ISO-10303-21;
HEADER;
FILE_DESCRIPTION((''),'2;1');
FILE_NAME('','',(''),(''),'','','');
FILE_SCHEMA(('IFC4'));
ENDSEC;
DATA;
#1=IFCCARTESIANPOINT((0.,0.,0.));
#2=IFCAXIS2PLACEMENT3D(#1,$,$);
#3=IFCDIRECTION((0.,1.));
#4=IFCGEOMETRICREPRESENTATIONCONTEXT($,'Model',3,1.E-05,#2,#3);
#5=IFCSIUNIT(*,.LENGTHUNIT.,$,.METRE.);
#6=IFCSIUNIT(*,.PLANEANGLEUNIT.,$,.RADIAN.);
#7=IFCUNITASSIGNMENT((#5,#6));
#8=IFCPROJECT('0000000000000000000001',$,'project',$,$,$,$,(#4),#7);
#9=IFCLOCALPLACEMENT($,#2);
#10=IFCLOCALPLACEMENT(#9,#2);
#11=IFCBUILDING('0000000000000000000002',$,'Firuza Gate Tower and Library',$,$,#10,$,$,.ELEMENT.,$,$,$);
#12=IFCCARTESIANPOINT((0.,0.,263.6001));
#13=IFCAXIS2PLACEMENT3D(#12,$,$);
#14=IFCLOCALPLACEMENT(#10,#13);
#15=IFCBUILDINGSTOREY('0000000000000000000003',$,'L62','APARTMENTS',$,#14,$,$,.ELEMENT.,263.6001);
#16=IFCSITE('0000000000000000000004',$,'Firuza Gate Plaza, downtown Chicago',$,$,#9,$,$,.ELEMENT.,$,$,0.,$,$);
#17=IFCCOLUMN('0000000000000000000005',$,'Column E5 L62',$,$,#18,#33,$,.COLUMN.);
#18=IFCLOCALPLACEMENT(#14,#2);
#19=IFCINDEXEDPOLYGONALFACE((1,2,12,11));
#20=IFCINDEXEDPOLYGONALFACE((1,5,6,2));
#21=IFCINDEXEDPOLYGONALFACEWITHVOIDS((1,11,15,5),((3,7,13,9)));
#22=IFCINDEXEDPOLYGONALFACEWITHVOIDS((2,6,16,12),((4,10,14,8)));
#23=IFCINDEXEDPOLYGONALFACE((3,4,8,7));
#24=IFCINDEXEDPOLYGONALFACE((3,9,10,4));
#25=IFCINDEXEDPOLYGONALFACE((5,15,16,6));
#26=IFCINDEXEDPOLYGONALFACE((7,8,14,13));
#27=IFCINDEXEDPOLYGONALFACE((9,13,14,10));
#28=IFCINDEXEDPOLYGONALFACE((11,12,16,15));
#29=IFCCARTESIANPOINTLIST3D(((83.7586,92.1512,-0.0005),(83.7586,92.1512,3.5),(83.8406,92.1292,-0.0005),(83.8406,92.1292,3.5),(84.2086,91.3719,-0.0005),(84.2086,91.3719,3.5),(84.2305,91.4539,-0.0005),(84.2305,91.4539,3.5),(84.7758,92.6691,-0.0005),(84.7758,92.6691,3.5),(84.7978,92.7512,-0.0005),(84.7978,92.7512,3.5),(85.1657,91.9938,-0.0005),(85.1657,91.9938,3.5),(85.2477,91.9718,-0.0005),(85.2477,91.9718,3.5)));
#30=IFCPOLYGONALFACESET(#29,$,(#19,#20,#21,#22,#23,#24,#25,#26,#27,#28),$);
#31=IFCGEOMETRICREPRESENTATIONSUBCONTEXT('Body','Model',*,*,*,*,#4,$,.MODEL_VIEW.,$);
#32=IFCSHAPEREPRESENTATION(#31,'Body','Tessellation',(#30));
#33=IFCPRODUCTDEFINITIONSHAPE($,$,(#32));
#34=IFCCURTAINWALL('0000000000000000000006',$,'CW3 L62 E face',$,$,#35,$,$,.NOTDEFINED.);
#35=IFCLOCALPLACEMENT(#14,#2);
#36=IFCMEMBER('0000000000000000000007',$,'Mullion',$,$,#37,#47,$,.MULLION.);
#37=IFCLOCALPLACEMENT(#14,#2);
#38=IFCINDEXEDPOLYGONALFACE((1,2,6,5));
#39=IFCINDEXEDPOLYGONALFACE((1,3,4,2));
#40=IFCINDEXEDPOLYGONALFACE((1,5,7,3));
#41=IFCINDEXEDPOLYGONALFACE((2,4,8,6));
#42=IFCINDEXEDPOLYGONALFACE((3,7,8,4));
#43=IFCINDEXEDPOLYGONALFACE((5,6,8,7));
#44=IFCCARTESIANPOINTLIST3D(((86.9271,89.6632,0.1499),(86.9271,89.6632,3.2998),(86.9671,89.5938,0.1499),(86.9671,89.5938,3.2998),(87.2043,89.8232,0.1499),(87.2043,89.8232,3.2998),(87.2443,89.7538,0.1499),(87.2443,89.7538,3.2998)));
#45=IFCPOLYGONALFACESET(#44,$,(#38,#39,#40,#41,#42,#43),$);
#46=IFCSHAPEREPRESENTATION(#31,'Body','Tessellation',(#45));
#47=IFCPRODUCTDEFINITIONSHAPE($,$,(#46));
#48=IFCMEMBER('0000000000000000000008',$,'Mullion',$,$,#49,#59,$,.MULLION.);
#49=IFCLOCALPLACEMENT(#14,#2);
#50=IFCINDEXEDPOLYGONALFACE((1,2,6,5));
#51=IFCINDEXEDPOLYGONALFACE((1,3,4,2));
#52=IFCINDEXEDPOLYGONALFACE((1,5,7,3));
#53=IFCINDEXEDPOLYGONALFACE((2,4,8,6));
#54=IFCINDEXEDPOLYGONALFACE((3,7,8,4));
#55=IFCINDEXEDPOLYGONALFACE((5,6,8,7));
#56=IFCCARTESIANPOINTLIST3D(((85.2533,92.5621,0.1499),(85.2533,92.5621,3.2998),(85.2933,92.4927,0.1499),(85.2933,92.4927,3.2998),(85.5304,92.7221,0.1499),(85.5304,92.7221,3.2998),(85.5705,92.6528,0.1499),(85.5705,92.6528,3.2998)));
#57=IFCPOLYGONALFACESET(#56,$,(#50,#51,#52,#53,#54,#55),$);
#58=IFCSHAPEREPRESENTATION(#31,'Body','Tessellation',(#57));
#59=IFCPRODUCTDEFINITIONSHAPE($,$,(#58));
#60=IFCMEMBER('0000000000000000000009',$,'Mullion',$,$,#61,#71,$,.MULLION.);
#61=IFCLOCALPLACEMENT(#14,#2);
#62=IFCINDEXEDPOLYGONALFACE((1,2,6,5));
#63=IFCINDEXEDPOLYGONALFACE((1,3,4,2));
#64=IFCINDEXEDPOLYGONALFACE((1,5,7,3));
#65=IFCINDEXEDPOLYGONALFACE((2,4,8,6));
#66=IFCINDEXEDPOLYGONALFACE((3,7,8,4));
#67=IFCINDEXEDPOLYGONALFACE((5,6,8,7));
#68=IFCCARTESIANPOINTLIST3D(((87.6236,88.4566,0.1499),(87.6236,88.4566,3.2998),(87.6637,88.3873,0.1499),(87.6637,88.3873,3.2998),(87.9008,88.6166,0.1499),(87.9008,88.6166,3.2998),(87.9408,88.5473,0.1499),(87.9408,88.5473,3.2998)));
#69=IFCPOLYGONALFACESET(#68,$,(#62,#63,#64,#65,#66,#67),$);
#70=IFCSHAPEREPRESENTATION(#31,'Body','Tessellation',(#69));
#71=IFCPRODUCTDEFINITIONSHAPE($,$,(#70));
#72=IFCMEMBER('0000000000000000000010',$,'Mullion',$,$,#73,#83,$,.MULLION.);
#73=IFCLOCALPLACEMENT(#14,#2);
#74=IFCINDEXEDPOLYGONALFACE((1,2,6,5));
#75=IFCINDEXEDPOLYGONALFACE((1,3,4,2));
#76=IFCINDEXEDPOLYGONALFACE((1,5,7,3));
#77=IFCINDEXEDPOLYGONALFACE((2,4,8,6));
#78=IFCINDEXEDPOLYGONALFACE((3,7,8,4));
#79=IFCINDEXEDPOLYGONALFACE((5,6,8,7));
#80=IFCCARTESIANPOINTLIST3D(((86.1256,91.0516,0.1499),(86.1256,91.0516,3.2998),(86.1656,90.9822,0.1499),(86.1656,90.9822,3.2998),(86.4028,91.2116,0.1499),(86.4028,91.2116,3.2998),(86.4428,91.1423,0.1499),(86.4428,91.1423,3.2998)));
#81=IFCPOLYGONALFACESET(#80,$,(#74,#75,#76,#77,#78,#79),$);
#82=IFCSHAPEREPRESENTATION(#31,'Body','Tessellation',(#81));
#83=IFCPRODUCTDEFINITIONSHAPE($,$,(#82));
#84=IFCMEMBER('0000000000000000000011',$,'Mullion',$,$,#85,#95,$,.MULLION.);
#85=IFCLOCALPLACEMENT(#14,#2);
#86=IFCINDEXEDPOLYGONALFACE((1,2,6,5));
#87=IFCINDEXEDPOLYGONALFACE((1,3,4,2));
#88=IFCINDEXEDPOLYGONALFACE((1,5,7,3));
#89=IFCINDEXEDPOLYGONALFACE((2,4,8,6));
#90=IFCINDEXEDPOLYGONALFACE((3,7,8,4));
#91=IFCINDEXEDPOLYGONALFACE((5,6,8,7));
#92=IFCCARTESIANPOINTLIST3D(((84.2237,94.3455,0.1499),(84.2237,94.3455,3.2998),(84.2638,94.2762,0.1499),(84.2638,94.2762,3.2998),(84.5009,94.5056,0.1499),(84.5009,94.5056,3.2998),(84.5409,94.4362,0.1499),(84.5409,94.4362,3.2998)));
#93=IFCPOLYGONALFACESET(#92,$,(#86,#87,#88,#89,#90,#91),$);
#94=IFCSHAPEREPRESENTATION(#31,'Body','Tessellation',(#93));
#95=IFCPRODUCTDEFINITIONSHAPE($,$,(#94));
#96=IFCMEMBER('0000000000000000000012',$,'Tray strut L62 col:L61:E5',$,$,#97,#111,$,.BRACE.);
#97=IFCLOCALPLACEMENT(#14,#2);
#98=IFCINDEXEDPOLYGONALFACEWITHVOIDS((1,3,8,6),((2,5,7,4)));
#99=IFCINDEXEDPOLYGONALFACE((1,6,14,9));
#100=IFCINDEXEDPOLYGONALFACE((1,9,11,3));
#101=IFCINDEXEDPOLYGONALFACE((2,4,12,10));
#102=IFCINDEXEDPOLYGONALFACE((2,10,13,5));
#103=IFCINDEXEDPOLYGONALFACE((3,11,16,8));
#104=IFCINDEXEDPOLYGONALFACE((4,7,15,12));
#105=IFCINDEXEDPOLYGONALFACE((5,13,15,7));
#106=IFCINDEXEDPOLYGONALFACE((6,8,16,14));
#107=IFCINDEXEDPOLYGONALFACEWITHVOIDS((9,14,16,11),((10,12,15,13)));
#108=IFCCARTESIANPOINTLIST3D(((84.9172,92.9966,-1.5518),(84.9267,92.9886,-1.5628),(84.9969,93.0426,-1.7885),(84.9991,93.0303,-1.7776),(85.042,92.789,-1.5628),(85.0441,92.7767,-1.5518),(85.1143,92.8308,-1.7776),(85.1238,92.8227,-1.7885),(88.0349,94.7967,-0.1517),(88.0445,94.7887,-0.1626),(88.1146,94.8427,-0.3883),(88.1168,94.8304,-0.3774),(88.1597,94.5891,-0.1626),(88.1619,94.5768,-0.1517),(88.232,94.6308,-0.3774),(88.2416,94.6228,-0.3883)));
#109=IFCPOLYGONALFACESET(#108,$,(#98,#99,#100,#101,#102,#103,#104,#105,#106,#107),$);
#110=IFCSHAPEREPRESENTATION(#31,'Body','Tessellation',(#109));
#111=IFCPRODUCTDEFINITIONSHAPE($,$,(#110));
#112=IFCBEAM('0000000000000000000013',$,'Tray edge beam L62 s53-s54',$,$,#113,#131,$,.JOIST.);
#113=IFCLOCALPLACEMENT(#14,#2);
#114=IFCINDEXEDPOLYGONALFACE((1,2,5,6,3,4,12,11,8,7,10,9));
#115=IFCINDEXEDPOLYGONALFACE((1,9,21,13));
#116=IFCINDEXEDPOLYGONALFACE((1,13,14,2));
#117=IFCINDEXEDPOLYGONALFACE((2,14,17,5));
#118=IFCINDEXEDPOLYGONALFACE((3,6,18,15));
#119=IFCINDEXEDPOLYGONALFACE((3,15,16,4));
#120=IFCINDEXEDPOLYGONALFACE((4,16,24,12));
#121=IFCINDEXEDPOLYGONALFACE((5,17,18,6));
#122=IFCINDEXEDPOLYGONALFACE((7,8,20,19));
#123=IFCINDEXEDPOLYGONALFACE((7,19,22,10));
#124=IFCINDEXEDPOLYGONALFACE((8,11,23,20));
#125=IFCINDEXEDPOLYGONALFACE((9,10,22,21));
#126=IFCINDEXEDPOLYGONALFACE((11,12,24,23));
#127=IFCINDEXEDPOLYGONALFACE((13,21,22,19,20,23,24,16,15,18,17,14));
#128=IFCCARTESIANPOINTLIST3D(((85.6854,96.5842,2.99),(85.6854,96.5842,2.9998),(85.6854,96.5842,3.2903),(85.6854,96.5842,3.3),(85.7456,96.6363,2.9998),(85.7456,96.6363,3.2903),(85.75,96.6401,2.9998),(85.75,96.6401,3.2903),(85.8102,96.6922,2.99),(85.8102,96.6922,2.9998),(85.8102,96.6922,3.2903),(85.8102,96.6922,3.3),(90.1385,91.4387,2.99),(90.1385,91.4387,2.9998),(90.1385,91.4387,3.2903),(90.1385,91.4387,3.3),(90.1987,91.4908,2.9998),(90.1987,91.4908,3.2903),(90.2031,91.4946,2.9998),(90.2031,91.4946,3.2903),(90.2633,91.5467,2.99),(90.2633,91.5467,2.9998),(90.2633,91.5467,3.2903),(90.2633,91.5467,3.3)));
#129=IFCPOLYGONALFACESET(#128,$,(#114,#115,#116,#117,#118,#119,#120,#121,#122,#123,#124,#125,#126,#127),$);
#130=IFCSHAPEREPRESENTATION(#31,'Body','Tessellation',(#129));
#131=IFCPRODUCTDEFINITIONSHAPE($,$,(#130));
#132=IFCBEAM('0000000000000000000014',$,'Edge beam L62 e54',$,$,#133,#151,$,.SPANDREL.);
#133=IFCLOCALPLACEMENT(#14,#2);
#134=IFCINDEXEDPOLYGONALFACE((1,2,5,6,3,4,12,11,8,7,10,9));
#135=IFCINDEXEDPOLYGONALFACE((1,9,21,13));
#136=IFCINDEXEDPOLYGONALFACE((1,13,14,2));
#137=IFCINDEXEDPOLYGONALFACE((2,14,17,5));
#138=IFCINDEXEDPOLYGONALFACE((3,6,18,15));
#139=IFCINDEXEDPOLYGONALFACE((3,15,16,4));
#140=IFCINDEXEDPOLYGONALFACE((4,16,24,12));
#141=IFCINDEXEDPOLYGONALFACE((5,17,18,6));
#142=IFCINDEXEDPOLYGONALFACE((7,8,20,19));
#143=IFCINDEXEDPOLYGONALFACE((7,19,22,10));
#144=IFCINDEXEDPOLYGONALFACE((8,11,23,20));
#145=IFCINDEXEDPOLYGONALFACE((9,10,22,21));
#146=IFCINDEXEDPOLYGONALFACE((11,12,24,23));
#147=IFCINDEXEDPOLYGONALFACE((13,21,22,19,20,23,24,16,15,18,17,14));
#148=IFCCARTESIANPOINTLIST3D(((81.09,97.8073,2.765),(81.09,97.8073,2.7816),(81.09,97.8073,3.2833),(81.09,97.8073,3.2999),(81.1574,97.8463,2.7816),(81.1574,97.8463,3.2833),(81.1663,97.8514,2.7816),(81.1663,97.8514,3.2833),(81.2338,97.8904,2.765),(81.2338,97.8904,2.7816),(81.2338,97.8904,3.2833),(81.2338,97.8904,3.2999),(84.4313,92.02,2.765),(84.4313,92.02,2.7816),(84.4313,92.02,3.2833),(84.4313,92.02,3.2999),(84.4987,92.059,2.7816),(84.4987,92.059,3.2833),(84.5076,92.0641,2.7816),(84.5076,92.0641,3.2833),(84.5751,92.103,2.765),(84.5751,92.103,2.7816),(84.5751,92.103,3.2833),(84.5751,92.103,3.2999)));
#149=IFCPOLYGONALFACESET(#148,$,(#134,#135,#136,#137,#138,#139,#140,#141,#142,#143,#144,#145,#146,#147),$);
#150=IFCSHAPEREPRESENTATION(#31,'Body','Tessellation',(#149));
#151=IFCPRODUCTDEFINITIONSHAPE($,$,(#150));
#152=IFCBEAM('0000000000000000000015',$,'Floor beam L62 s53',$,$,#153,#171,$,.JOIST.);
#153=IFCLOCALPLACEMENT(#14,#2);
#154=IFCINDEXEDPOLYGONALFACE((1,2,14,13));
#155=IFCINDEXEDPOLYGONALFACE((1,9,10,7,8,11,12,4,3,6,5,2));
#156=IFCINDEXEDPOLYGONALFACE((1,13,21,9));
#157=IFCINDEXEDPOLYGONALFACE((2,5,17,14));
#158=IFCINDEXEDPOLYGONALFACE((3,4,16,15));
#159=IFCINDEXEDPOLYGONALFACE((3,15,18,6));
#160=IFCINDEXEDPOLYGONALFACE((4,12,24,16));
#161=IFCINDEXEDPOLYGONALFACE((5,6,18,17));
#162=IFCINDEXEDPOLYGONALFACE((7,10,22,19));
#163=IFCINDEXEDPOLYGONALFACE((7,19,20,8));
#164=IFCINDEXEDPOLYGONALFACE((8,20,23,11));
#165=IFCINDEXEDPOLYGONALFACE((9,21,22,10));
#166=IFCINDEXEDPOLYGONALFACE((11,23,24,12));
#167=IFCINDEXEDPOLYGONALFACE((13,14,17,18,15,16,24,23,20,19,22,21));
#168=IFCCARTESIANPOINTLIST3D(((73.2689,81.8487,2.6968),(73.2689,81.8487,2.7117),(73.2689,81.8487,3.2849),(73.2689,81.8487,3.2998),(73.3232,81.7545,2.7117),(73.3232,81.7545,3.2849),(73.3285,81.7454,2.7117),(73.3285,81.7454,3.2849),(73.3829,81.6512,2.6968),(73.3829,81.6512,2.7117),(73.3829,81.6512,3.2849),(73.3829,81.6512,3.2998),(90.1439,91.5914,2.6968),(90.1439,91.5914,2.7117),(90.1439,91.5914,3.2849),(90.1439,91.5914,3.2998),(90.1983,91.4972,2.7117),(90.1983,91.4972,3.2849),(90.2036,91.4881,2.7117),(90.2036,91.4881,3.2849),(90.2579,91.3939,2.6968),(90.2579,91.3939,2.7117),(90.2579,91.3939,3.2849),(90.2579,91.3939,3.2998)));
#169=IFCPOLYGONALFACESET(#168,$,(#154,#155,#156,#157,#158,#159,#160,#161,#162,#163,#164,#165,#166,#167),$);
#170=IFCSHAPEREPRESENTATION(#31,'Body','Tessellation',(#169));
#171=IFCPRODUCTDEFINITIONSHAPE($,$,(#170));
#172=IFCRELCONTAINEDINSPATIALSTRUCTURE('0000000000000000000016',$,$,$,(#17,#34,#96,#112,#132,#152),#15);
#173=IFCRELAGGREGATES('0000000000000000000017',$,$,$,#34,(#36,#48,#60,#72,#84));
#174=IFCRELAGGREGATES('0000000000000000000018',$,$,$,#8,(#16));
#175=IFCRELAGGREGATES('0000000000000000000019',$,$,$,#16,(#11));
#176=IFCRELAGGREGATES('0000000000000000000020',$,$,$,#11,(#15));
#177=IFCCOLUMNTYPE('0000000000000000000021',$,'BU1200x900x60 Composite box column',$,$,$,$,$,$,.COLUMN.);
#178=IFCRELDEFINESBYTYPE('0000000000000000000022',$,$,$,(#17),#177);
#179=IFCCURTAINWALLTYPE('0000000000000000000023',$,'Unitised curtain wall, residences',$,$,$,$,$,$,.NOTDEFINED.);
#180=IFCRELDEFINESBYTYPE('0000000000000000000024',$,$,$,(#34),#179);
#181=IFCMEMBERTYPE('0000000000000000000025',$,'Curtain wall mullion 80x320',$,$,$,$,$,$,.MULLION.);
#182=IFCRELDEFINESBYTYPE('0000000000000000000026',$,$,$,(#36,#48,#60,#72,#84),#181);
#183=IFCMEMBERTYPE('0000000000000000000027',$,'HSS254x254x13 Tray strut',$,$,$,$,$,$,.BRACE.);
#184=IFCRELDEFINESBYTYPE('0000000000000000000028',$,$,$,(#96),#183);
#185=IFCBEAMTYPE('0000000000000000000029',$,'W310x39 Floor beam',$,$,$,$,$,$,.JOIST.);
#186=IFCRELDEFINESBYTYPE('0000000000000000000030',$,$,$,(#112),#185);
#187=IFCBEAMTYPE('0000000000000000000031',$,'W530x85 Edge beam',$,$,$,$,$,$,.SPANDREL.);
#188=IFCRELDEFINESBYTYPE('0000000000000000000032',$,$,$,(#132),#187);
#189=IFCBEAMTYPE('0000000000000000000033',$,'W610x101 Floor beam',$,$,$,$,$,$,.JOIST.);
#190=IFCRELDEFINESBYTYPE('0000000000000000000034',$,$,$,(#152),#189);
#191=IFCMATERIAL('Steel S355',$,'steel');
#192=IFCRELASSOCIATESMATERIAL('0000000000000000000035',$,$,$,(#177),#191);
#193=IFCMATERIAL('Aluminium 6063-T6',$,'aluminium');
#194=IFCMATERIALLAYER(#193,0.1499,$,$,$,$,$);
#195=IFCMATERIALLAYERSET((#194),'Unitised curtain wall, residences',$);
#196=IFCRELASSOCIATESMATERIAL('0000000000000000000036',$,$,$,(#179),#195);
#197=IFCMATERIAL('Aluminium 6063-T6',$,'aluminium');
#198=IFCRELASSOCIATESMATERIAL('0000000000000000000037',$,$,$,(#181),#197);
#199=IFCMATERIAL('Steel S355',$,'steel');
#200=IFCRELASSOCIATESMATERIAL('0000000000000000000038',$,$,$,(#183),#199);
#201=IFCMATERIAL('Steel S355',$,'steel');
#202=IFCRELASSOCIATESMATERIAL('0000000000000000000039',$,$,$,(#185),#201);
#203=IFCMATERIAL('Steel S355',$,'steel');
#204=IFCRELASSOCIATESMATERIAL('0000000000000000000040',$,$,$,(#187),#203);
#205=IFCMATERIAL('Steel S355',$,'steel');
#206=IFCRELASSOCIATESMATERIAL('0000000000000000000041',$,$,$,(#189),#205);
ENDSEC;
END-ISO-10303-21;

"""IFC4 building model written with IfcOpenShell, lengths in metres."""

from ifc_helpers import new_model, si_unit, direction, frame, origin, origin_2d, place, context, subcontext, project, spatial, rectangle, hollow_rectangle, i_section, extrude, material, layer, layer_set, material_profile, profile_set, type_object, element, aggregate, save


model = new_model("IFC4")

# Units and contexts
model_context = context("Model", 3, precision=1e-05, world=origin(), true_north=direction((0.0, 1.0)))
body_context = subcontext(model_context, "Body", "Model", "MODEL_VIEW")
ifc_project = project(units=[si_unit("LENGTHUNIT", "METRE"), si_unit("PLANEANGLEUNIT", "RADIAN")], contexts=[model_context])

# Site, building, storey
site_placement = place(None, origin())
site = spatial("IfcSite", under=ifc_project, at=site_placement, Name="Firuza Gate Plaza, downtown Chicago", CompositionType="ELEMENT", RefElevation=0.0)
building_placement = place(site_placement, origin())
building = spatial("IfcBuilding", under=site, at=building_placement, Name="Firuza Gate Tower and Library", CompositionType="ELEMENT")
storey_placement = place(building_placement, frame((0.0, 0.0, 263.6001)))
storey = spatial("IfcBuildingStorey", under=building, at=storey_placement, Name="L62", Description="APARTMENTS", CompositionType="ELEMENT", Elevation=263.6001)

# Column
ifc_material_1 = material(Name="Steel S355", Category="steel")
ifc_material_profile_1 = material_profile(ifc_material_1, hollow_rectangle(XDim=0.8999, YDim=1.2, WallThickness=0.0601, at=origin_2d()))
ifc_profile_set_1 = profile_set([ifc_material_profile_1], Name="Steel S355")
column_type = type_object("IfcColumnType", Name="BU1200x900x60 Composite box column", PredefinedType="COLUMN", material=ifc_profile_set_1)
column_placement = place(storey_placement, frame((84.5032, 92.0615, -0.0005), z_axis=(0.0, 0.0, 1.0), x_axis=(-0.5, 0.866025, 0.0)))
element("IfcColumn", 1, at=column_placement, inside=storey, type_object=column_type, Name="Column E5 L62", PredefinedType="COLUMN", context=body_context, shape_type="SweptSolid", body=[
    extrude(hollow_rectangle(XDim=0.8999, YDim=1.2, WallThickness=0.0601, at=origin_2d()), origin(), (0.0, 0.0, 1.0), 3.5005),
])

# Curtain wall, members
ifc_material_2 = material(Name="Aluminium 6063-T6", Category="aluminium")
ifc_layer_1 = layer(ifc_material_2, 0.1499)
ifc_layer_set_1 = layer_set([ifc_layer_1], Name="Unitised curtain wall, residences")
curtain_wall_type = type_object("IfcCurtainWallType", Name="Unitised curtain wall, residences", PredefinedType="NOTDEFINED", material=ifc_layer_set_1)
curtain_wall_placement = place(storey_placement, origin())
curtain_wall = element("IfcCurtainWall", 2, at=curtain_wall_placement, inside=storey, type_object=curtain_wall_type, Name="CW3 L62 E face", PredefinedType="NOTDEFINED")
ifc_material_3 = material(Name="Aluminium 6063-T6", Category="aluminium")
ifc_material_profile_2 = material_profile(ifc_material_3, rectangle(XDim=0.3201, YDim=0.0801, at=origin_2d()))
ifc_profile_set_2 = profile_set([ifc_material_profile_2], Name="Aluminium 6063-T6")
member_type_1 = type_object("IfcMemberType", Name="Curtain wall mullion 80x320", PredefinedType="MULLION", material=ifc_profile_set_2)
member_1_placement = place(storey_placement, frame((87.0857, 89.7085, 0.1499), z_axis=(0.0, 0.0, 1.0), x_axis=(-0.866025, -0.5, 0.0)))
member_1 = element("IfcMember", 3, at=member_1_placement, type_object=member_type_1, Name="Mullion", PredefinedType="MULLION", context=body_context, shape_type="SweptSolid", body=[
    extrude(rectangle(XDim=0.3201, YDim=0.0801, at=origin_2d()), origin(), (0.0, 0.0, 1.0), 3.1499),
])
member_2_placement = place(storey_placement, frame((85.4119, 92.6074, 0.1499), z_axis=(0.0, 0.0, 1.0), x_axis=(-0.866025, -0.5, 0.0)))
member_2 = element("IfcMember", 4, at=member_2_placement, type_object=member_type_1, Name="Mullion", PredefinedType="MULLION", context=body_context, shape_type="SweptSolid", body=[
    extrude(rectangle(XDim=0.3201, YDim=0.0801, at=origin_2d()), origin(), (0.0, 0.0, 1.0), 3.1499),
])
member_3_placement = place(storey_placement, frame((87.7822, 88.502, 0.1499), z_axis=(0.0, 0.0, 1.0), x_axis=(-0.866025, -0.5, 0.0)))
member_3 = element("IfcMember", 5, at=member_3_placement, type_object=member_type_1, Name="Mullion", PredefinedType="MULLION", context=body_context, shape_type="SweptSolid", body=[
    extrude(rectangle(XDim=0.3201, YDim=0.0801, at=origin_2d()), origin(), (0.0, 0.0, 1.0), 3.1499),
])
member_4_placement = place(storey_placement, frame((86.2842, 91.0969, 0.1499), z_axis=(0.0, 0.0, 1.0), x_axis=(-0.866025, -0.5, 0.0)))
member_4 = element("IfcMember", 6, at=member_4_placement, type_object=member_type_1, Name="Mullion", PredefinedType="MULLION", context=body_context, shape_type="SweptSolid", body=[
    extrude(rectangle(XDim=0.3201, YDim=0.0801, at=origin_2d()), origin(), (0.0, 0.0, 1.0), 3.1499),
])
member_5_placement = place(storey_placement, frame((84.3823, 94.3909, 0.1499), z_axis=(0.0, 0.0, 1.0), x_axis=(-0.866025, -0.5, 0.0)))
member_5 = element("IfcMember", 7, at=member_5_placement, type_object=member_type_1, Name="Mullion", PredefinedType="MULLION", context=body_context, shape_type="SweptSolid", body=[
    extrude(rectangle(XDim=0.3201, YDim=0.0801, at=origin_2d()), origin(), (0.0, 0.0, 1.0), 3.1499),
])

# Member
ifc_material_4 = material(Name="Steel S355", Category="steel")
ifc_material_profile_3 = material_profile(ifc_material_4, hollow_rectangle(XDim=0.2539, YDim=0.2539, WallThickness=0.0117, at=origin_2d()))
ifc_profile_set_3 = profile_set([ifc_material_profile_3], Name="Steel S355")
member_type_2 = type_object("IfcMemberType", Name="HSS254x254x13 Tray strut", PredefinedType="BRACE", material=ifc_profile_set_3)
member_6_placement = place(storey_placement, frame((85.0205, 92.9097, -1.6702), z_axis=(0.807122, 0.466007, 0.362478), x_axis=(-0.500012, 0.866018, 0.0)))
element("IfcMember", 8, at=member_6_placement, inside=storey, type_object=member_type_2, Name="Tray strut L62 col:L61:E5", PredefinedType="BRACE", context=body_context, shape_type="SweptSolid", body=[
    extrude(hollow_rectangle(XDim=0.2539, YDim=0.2539, WallThickness=0.0117, at=origin_2d()), origin(), (0.0, 0.0, 1.0), 3.8628),
])

# Beams
ifc_material_5 = material(Name="Steel S355", Category="steel")
ifc_material_profile_4 = material_profile(ifc_material_5, i_section(OverallWidth=0.165, OverallDepth=0.3101, WebThickness=0.0059, FlangeThickness=0.0098, at=origin_2d()))
ifc_profile_set_4 = profile_set([ifc_material_profile_4], Name="Steel S355")
beam_type_1 = type_object("IfcBeamType", Name="W310x39 Floor beam", PredefinedType="JOIST", material=ifc_profile_set_4)
beam_1_placement = place(storey_placement, frame((90.2009, 91.4927, 3.145), z_axis=(-0.6544, 0.756148, 0.0), x_axis=(-0.756148, -0.6544, 0.0)))
element("IfcBeam", 9, at=beam_1_placement, inside=storey, type_object=beam_type_1, Name="Tray edge beam L62 s53-s54", PredefinedType="JOIST", context=body_context, shape_type="SweptSolid", body=[
    extrude(i_section(OverallWidth=0.165, OverallDepth=0.3101, WebThickness=0.0059, FlangeThickness=0.0098, at=origin_2d()), origin(), (0.0, 0.0, 1.0), 6.8049),
])
ifc_material_6 = material(Name="Steel S355", Category="steel")
ifc_material_profile_5 = material_profile(ifc_material_6, i_section(OverallWidth=0.166, OverallDepth=0.5349, WebThickness=0.0103, FlangeThickness=0.0166, at=origin_2d()))
ifc_profile_set_5 = profile_set([ifc_material_profile_5], Name="Steel S355")
beam_type_2 = type_object("IfcBeamType", Name="W530x85 Edge beam", PredefinedType="SPANDREL", material=ifc_profile_set_5)
beam_2_placement = place(storey_placement, frame((84.5032, 92.0615, 3.0325), z_axis=(-0.499998, 0.866027, 0.0), x_axis=(-0.866027, -0.499998, 0.0)))
element("IfcBeam", 10, at=beam_2_placement, inside=storey, type_object=beam_type_2, Name="Edge beam L62 e54", PredefinedType="SPANDREL", context=body_context, shape_type="SweptSolid", body=[
    extrude(i_section(OverallWidth=0.166, OverallDepth=0.5349, WebThickness=0.0103, FlangeThickness=0.0166, at=origin_2d()), origin(), (0.0, 0.0, 1.0), 6.6826),
])
ifc_material_7 = material(Name="Steel S355", Category="steel")
ifc_material_profile_6 = material_profile(ifc_material_7, i_section(OverallWidth=0.228, OverallDepth=0.603, WebThickness=0.0105, FlangeThickness=0.0149, at=origin_2d()))
ifc_profile_set_6 = profile_set([ifc_material_profile_6], Name="Steel S355")
beam_type_3 = type_object("IfcBeamType", Name="W610x101 Floor beam", PredefinedType="JOIST", material=ifc_profile_set_6)
beam_3_placement = place(storey_placement, frame((90.2009, 91.4927, 2.9983), z_axis=(-0.866028, -0.499996, 0.0), x_axis=(0.499996, -0.866028, 0.0)))
element("IfcBeam", 11, at=beam_3_placement, inside=storey, type_object=beam_type_3, Name="Floor beam L62 s53", PredefinedType="JOIST", context=body_context, shape_type="SweptSolid", body=[
    extrude(i_section(OverallWidth=0.228, OverallDepth=0.603, WebThickness=0.0105, FlangeThickness=0.0149, at=origin_2d()), origin(), (0.0, 0.0, 1.0), 19.4856),
])

aggregate(curtain_wall, [member_1, member_2, member_3, member_4, member_5])

save(model, "model.ifc")
